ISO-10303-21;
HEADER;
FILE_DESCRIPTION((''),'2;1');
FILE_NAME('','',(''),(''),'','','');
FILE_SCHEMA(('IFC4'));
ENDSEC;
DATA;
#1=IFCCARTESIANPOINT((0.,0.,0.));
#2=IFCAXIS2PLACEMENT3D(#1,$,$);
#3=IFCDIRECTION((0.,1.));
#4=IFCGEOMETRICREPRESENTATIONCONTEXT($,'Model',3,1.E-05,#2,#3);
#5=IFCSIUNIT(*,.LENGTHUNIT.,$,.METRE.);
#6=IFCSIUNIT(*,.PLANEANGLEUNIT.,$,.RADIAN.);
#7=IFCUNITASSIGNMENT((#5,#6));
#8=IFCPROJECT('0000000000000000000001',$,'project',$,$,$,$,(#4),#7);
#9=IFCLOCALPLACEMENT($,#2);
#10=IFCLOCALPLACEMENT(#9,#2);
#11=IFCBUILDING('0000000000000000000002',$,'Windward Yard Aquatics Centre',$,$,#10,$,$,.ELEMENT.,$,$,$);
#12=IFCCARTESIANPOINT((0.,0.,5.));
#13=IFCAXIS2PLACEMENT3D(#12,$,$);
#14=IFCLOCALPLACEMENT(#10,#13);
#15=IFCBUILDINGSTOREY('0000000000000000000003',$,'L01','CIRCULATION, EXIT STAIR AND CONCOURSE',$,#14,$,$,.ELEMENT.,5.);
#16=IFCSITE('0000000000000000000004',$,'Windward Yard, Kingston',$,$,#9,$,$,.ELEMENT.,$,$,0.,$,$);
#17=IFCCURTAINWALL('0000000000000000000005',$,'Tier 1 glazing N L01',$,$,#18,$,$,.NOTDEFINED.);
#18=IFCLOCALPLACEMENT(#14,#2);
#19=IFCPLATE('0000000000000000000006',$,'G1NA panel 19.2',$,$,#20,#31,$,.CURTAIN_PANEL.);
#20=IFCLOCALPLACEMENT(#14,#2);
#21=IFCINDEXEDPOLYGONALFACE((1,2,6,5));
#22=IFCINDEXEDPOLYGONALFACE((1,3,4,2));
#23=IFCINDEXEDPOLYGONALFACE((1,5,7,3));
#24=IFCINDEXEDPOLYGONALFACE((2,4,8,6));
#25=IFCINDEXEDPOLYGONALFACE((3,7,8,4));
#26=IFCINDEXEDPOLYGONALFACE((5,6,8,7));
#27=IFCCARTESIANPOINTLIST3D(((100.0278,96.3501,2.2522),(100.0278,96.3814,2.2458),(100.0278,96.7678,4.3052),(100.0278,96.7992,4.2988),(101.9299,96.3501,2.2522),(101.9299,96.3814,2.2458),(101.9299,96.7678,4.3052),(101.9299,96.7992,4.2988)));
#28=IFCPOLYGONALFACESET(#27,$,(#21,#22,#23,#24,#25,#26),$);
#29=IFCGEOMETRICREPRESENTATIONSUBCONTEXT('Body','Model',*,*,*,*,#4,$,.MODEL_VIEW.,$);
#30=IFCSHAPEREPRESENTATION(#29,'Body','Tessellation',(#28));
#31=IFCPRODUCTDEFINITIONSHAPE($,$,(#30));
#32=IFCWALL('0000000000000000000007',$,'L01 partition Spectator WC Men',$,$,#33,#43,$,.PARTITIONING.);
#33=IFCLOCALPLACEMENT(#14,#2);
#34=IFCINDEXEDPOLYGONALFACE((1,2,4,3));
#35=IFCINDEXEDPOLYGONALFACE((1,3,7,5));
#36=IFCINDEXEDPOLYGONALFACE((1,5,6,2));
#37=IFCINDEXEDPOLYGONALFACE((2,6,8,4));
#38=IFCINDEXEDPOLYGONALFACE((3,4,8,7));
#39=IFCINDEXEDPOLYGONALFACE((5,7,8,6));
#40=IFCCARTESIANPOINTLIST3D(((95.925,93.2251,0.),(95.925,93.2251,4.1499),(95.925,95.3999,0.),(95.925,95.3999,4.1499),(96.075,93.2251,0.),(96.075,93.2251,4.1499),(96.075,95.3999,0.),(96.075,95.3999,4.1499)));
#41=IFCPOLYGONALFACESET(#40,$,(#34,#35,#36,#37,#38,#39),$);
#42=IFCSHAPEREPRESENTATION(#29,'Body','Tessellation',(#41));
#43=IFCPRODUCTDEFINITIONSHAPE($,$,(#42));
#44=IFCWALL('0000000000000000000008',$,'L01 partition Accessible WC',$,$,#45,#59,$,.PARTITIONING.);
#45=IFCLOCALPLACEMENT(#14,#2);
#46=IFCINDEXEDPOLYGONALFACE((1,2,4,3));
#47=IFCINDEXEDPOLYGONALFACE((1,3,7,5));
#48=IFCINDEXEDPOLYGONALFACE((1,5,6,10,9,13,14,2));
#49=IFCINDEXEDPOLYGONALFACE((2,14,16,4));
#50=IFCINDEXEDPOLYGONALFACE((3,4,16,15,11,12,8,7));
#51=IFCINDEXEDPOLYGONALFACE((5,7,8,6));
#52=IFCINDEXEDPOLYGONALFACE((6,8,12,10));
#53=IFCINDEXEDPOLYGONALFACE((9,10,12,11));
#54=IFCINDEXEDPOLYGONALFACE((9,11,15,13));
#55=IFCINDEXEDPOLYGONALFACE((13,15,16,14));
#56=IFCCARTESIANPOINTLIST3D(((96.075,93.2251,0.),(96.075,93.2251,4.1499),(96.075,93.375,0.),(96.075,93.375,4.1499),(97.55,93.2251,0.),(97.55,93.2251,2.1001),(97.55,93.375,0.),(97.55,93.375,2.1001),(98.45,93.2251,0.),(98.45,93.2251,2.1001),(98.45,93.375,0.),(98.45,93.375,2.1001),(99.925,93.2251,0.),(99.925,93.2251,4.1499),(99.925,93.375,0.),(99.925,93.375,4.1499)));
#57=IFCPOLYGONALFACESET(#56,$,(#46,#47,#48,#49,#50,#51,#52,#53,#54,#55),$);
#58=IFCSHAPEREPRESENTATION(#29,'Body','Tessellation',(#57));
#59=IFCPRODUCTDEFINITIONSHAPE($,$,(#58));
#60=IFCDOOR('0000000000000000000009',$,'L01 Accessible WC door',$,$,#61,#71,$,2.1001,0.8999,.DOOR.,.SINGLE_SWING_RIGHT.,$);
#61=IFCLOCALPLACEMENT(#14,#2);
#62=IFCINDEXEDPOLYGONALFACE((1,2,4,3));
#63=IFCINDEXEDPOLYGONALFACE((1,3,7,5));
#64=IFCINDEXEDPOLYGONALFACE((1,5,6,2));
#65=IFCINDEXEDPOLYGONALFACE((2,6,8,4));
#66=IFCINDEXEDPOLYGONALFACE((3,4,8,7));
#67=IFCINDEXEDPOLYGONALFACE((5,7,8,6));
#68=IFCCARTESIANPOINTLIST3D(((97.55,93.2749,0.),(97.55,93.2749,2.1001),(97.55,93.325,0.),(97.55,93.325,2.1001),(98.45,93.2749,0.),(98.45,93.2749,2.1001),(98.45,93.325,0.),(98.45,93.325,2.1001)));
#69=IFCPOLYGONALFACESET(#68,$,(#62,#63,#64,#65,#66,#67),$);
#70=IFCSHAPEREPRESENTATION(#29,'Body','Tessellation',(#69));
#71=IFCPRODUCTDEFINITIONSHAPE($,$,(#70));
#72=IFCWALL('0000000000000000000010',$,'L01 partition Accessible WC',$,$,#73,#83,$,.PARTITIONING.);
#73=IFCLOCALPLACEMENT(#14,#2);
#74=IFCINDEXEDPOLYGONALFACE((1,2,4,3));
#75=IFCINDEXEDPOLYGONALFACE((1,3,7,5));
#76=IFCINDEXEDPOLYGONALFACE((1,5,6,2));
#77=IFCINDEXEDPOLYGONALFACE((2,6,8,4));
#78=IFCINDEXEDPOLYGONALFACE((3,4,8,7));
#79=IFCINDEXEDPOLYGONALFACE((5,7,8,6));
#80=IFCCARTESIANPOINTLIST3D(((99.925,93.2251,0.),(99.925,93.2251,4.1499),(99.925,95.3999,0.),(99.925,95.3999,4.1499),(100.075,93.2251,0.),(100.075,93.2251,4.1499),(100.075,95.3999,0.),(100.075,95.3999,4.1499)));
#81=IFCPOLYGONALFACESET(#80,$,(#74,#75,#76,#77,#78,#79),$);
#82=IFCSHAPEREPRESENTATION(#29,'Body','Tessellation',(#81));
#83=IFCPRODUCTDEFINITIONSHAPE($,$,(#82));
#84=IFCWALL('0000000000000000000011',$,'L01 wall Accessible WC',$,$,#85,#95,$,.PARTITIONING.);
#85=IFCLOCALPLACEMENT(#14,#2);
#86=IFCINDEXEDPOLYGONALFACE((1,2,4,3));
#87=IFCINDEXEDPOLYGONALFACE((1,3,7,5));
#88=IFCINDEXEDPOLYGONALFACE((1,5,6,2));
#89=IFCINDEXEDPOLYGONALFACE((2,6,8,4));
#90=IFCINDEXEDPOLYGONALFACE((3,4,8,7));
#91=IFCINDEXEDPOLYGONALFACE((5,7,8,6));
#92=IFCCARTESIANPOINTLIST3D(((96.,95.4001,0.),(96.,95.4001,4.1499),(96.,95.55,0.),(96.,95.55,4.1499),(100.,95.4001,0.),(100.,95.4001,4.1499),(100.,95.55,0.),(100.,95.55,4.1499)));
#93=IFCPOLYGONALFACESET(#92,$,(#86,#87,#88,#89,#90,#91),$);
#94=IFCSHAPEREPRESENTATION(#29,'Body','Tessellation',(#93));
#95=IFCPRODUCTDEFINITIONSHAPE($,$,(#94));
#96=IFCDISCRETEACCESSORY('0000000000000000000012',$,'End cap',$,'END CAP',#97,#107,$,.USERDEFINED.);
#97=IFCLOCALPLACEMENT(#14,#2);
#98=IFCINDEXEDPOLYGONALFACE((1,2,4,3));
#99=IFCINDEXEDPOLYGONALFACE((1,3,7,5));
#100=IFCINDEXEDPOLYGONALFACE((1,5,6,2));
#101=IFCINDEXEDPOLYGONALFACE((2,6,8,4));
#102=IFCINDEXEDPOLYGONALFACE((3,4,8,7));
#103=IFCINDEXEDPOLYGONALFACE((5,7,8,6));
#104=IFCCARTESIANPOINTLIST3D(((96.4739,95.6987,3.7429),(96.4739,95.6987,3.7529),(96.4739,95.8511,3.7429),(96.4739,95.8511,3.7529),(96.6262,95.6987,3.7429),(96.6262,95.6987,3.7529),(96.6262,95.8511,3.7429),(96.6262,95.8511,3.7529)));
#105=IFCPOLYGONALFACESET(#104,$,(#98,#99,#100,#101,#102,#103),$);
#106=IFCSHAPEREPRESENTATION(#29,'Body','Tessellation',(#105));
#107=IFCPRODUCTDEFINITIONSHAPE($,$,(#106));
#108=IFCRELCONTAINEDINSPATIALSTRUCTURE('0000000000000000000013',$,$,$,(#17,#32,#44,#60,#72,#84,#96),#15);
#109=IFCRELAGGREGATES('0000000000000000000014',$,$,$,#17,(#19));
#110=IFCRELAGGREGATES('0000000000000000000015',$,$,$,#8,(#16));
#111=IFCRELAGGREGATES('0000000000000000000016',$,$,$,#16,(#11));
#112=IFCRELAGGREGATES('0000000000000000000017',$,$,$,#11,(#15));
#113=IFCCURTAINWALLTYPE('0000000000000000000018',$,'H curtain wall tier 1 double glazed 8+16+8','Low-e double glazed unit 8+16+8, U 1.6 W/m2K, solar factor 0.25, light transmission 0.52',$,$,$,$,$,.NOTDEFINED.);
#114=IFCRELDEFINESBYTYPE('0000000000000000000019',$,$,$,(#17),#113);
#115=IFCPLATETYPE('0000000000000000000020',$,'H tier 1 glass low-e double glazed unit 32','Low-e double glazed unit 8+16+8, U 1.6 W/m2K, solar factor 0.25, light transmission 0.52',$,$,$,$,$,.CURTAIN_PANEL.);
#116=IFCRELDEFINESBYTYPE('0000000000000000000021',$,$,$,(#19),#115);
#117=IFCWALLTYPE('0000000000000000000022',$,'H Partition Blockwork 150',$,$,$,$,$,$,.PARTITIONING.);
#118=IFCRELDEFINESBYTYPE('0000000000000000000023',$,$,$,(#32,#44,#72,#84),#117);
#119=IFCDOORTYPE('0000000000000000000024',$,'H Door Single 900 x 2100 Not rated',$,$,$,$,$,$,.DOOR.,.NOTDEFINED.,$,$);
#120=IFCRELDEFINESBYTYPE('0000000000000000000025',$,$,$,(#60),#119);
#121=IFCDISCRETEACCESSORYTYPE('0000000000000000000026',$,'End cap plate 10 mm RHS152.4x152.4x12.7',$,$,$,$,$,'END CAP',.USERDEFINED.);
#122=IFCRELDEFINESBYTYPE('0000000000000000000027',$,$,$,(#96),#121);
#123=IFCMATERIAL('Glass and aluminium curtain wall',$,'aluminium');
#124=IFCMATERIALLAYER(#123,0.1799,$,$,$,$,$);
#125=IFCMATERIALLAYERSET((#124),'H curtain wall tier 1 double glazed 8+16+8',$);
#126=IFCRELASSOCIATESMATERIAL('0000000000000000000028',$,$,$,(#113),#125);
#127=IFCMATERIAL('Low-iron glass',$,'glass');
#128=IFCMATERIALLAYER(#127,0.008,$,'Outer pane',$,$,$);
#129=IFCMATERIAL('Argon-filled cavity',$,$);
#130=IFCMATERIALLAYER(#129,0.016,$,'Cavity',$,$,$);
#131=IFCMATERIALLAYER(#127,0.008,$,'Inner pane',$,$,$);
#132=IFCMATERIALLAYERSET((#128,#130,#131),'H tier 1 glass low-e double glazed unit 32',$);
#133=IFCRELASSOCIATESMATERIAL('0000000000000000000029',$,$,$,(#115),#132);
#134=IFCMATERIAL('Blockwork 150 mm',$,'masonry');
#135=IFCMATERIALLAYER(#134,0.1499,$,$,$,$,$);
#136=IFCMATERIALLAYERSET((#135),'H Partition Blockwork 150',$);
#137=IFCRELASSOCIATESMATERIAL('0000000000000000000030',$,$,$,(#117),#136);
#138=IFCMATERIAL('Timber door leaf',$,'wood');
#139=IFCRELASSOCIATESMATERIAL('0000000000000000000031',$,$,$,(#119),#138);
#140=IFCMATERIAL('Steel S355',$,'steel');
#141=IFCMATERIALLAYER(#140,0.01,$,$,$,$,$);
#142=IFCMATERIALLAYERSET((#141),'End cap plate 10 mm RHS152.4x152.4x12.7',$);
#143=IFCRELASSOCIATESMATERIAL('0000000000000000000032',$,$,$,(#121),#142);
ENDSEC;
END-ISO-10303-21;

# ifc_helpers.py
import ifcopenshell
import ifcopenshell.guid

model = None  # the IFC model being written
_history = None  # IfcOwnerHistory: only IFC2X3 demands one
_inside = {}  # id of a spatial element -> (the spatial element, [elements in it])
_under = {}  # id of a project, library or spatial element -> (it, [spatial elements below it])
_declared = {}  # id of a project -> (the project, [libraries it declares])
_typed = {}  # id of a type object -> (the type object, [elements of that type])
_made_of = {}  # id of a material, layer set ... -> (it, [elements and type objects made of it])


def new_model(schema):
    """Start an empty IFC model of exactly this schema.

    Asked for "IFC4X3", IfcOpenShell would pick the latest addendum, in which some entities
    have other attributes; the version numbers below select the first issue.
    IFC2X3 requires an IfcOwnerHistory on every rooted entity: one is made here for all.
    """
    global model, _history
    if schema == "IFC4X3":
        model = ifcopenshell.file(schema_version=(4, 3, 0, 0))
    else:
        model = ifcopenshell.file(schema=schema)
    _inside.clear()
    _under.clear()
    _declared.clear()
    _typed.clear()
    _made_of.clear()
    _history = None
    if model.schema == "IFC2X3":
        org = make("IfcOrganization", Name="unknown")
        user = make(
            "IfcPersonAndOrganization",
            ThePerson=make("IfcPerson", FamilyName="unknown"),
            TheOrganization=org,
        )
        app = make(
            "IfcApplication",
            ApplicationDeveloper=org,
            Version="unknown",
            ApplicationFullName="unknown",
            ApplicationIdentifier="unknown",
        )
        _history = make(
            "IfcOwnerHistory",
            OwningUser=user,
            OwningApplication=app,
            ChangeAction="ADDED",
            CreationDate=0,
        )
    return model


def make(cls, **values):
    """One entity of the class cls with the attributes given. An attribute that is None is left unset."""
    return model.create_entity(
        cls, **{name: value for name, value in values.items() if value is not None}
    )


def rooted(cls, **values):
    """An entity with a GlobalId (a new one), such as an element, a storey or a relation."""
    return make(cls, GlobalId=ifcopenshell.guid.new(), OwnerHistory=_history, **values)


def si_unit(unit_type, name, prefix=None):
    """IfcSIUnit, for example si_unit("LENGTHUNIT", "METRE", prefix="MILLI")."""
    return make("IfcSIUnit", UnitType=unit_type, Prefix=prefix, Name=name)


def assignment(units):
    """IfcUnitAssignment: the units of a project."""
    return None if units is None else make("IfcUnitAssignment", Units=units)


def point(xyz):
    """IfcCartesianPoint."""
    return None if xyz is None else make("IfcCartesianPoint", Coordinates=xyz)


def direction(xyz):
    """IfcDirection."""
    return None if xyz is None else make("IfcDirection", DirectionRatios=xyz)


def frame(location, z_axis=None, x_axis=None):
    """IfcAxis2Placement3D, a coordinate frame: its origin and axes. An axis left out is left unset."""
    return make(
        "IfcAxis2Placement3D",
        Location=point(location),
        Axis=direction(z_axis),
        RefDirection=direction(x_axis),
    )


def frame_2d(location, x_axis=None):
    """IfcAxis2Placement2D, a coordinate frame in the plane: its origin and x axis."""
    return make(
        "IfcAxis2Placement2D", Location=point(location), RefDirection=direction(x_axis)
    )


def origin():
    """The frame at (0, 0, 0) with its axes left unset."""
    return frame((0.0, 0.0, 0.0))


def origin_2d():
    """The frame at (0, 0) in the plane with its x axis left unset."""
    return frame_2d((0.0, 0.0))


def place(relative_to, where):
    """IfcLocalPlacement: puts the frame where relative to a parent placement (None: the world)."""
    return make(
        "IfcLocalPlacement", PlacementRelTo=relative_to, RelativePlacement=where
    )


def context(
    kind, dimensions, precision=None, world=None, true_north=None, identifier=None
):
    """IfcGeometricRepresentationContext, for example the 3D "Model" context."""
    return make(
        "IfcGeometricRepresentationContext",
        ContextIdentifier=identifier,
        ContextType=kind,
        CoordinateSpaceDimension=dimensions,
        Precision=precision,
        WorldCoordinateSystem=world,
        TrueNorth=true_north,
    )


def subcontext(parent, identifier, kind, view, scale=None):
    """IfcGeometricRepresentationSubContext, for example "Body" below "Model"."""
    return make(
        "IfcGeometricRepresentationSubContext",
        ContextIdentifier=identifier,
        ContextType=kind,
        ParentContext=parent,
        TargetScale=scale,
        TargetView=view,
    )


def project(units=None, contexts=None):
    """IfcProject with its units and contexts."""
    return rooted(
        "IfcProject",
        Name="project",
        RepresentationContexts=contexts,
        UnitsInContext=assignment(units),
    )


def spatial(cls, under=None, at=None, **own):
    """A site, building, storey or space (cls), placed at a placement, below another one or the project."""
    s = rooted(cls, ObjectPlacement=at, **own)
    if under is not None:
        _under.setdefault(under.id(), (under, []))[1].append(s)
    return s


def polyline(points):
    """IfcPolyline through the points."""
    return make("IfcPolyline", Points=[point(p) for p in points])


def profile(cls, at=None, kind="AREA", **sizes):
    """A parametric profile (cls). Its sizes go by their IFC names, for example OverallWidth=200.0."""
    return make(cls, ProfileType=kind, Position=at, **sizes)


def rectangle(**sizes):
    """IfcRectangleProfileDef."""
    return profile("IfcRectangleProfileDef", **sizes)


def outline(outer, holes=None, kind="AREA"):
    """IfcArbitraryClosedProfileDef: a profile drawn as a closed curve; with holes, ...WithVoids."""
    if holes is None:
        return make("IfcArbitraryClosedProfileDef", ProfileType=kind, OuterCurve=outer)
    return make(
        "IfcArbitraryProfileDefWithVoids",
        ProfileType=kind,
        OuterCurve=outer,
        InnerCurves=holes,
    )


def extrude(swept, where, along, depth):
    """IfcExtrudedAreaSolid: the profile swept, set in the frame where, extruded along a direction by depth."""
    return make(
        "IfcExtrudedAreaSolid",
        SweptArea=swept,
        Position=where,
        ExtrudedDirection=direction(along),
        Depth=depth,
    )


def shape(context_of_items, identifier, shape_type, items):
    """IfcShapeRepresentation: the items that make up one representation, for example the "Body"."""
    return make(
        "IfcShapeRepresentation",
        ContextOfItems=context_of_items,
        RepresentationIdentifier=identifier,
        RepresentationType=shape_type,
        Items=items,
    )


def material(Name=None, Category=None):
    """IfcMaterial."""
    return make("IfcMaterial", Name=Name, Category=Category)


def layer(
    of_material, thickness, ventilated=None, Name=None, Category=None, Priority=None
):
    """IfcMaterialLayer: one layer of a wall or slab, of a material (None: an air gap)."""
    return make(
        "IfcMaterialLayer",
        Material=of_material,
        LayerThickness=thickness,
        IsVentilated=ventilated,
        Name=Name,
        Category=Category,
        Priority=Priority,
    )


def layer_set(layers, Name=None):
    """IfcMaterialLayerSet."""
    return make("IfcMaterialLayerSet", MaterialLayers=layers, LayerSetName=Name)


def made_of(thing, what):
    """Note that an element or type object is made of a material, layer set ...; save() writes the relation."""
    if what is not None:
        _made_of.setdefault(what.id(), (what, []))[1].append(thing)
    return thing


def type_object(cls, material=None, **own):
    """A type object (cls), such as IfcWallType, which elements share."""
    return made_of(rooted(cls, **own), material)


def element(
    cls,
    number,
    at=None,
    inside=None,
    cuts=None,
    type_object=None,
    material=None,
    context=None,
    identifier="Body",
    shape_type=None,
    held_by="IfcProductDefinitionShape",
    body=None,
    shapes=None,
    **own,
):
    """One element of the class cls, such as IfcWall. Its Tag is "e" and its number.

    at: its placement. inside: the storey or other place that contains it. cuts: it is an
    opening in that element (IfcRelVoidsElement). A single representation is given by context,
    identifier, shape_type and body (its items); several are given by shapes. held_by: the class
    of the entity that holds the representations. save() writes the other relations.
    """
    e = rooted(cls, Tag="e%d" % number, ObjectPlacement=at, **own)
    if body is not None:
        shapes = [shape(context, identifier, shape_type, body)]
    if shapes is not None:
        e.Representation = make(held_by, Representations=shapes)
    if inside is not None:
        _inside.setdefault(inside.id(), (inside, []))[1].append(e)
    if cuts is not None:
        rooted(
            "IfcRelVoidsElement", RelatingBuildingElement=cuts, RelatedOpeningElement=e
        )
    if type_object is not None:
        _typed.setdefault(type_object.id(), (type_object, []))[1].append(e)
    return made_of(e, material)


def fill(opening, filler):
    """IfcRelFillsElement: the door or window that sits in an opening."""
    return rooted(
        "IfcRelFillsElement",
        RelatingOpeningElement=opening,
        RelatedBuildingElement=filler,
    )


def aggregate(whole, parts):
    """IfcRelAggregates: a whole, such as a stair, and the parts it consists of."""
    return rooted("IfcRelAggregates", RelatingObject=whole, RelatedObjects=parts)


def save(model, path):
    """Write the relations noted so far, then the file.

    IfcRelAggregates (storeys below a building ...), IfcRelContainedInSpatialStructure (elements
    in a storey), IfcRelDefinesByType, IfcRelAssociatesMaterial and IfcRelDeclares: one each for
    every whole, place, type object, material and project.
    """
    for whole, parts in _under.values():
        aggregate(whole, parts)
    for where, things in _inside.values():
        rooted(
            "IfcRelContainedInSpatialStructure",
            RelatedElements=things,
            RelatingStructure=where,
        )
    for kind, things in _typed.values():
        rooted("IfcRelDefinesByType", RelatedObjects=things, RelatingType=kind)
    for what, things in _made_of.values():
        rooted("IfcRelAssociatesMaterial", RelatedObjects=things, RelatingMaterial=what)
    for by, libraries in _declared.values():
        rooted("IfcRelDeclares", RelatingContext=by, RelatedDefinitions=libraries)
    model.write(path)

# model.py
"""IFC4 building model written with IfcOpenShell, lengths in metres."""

from ifc_helpers import new_model, si_unit, direction, frame, frame_2d, origin, origin_2d, place, context, subcontext, project, spatial, polyline, rectangle, outline, extrude, material, layer, layer_set, type_object, element, fill, aggregate, save


model = new_model("IFC4")

# Units and contexts
model_context = context("Model", 3, precision=1e-05, world=origin(), true_north=direction((0.0, 1.0)))
body_context = subcontext(model_context, "Body", "Model", "MODEL_VIEW")
ifc_project = project(units=[si_unit("LENGTHUNIT", "METRE"), si_unit("PLANEANGLEUNIT", "RADIAN")], contexts=[model_context])

# Site, building, storey
site_placement = place(None, origin())
site = spatial("IfcSite", under=ifc_project, at=site_placement, Name="Windward Yard, Kingston", CompositionType="ELEMENT", RefElevation=0.0)
building_placement = place(site_placement, origin())
building = spatial("IfcBuilding", under=site, at=building_placement, Name="Windward Yard Aquatics Centre", CompositionType="ELEMENT")
storey_placement = place(building_placement, frame((0.0, 0.0, 5.0)))
storey = spatial("IfcBuildingStorey", under=building, at=storey_placement, Name="L01", Description="CIRCULATION, EXIT STAIR AND CONCOURSE", CompositionType="ELEMENT", Elevation=5.0)

# Curtain wall, plate
ifc_material_1 = material(Name="Glass and aluminium curtain wall", Category="aluminium")
ifc_layer_1 = layer(ifc_material_1, 0.1799)
ifc_layer_set_1 = layer_set([ifc_layer_1], Name="H curtain wall tier 1 double glazed 8+16+8")
curtain_wall_type = type_object("IfcCurtainWallType", Name="H curtain wall tier 1 double glazed 8+16+8", Description="Low-e double glazed unit 8+16+8, U 1.6 W/m2K, solar factor 0.25, light transmission 0.52", PredefinedType="NOTDEFINED", material=ifc_layer_set_1)
curtain_wall_placement = place(storey_placement, origin())
curtain_wall = element("IfcCurtainWall", 1, at=curtain_wall_placement, inside=storey, type_object=curtain_wall_type, Name="Tier 1 glazing N L01", PredefinedType="NOTDEFINED")
ifc_material_2 = material(Name="Low-iron glass", Category="glass")
ifc_layer_2 = layer(ifc_material_2, 0.008, Name="Outer pane")
ifc_material_3 = material(Name="Argon-filled cavity")
ifc_layer_3 = layer(ifc_material_3, 0.016, Name="Cavity")
ifc_layer_4 = layer(ifc_material_2, 0.008, Name="Inner pane")
ifc_layer_set_2 = layer_set([ifc_layer_2, ifc_layer_3, ifc_layer_4], Name="H tier 1 glass low-e double glazed unit 32")
plate_type = type_object("IfcPlateType", Name="H tier 1 glass low-e double glazed unit 32", Description="Low-e double glazed unit 8+16+8, U 1.6 W/m2K, solar factor 0.25, light transmission 0.52", PredefinedType="CURTAIN_PANEL", material=ifc_layer_set_2)
plate_1_placement = place(storey_placement, frame((100.0278, 96.3501, 2.2522), z_axis=(0.0, -0.979921, 0.199387), x_axis=(1.0, 0.0, 0.0)))
plate_1 = element("IfcPlate", 2, at=plate_1_placement, type_object=plate_type, Name="G1NA panel 19.2", PredefinedType="CURTAIN_PANEL", context=body_context, shape_type="SweptSolid", body=[
    extrude(outline(polyline([(0.0, 0.0), (1.9021, 0.0), (1.9021, 2.095), (0.0, 2.095), (0.0, 0.0)])), origin(), (0.0, 0.0, -1.0), 0.032),
])
aggregate(curtain_wall, [plate_1])

# Wall
ifc_material_4 = material(Name="Blockwork 150 mm", Category="masonry")
ifc_layer_5 = layer(ifc_material_4, 0.1499)
ifc_layer_set_3 = layer_set([ifc_layer_5], Name="H Partition Blockwork 150")
wall_type = type_object("IfcWallType", Name="H Partition Blockwork 150", PredefinedType="PARTITIONING", material=ifc_layer_set_3)
wall_1_placement = place(storey_placement, frame((96.0, 95.3999, 0.0), z_axis=(0.0, 0.0, 1.0), x_axis=(0.0, -1.0, 0.0)))
element("IfcWall", 3, at=wall_1_placement, inside=storey, type_object=wall_type, Name="L01 partition Spectator WC Men", PredefinedType="PARTITIONING", context=body_context, shape_type="SweptSolid", body=[
    extrude(rectangle(XDim=2.1748, YDim=0.1499, at=frame_2d((1.0874, 0.0))), origin(), (0.0, 0.0, 1.0), 4.1499),
])

# Wall, opening, door
wall_2_placement = place(storey_placement, frame((96.075, 93.3, 0.0), z_axis=(0.0, 0.0, 1.0), x_axis=(1.0, 0.0, 0.0)))
wall_2 = element("IfcWall", 4, at=wall_2_placement, inside=storey, type_object=wall_type, Name="L01 partition Accessible WC", PredefinedType="PARTITIONING", context=body_context, shape_type="SweptSolid", body=[
    extrude(rectangle(XDim=3.8501, YDim=0.1499, at=frame_2d((1.925, 0.0))), origin(), (0.0, 0.0, 1.0), 4.1499),
])
opening_placement = place(wall_2_placement, frame((1.4751, 0.0, 0.0)))
opening = element("IfcOpeningElement", 5, at=opening_placement, cuts=wall_2, PredefinedType="OPENING", context=body_context, shape_type="SweptSolid", body=[
    extrude(rectangle(XDim=0.8999, YDim=2.1001, at=frame_2d((0.45, 1.05))), frame((0.0, 0.085, 0.0), z_axis=(0.0, -1.0, 0.0), x_axis=(1.0, 0.0, 0.0)), (0.0, 0.0, 1.0), 0.1699),
])
ifc_material_5 = material(Name="Timber door leaf", Category="wood")
door_type = type_object("IfcDoorType", Name="H Door Single 900 x 2100 Not rated", OperationType="NOTDEFINED", PredefinedType="DOOR", material=ifc_material_5)
door_placement = place(opening_placement, origin())
door = element("IfcDoor", 6, at=door_placement, inside=storey, type_object=door_type, Name="L01 Accessible WC door", OperationType="SINGLE_SWING_RIGHT", OverallHeight=2.1001, OverallWidth=0.8999, PredefinedType="DOOR", context=body_context, shape_type="SweptSolid", body=[
    extrude(rectangle(XDim=0.8999, YDim=2.1001, at=frame_2d((0.45, 1.05))), frame((0.0, 0.0249, 0.0), z_axis=(0.0, -1.0, 0.0), x_axis=(1.0, 0.0, 0.0)), (0.0, 0.0, 1.0), 0.05),
])
fill(opening, door)

# Walls
wall_3_placement = place(storey_placement, frame((100.0, 95.3999, 0.0), z_axis=(0.0, 0.0, 1.0), x_axis=(0.0, -1.0, 0.0)))
element("IfcWall", 7, at=wall_3_placement, inside=storey, type_object=wall_type, Name="L01 partition Accessible WC", PredefinedType="PARTITIONING", context=body_context, shape_type="SweptSolid", body=[
    extrude(rectangle(XDim=2.1748, YDim=0.1499, at=frame_2d((1.0874, 0.0))), origin(), (0.0, 0.0, 1.0), 4.1499),
])
wall_4_placement = place(storey_placement, frame((96.0, 95.4751, 0.0), z_axis=(0.0, 0.0, 1.0), x_axis=(1.0, 0.0, 0.0)))
element("IfcWall", 8, at=wall_4_placement, inside=storey, type_object=wall_type, Name="L01 wall Accessible WC", PredefinedType="PARTITIONING", context=body_context, shape_type="SweptSolid", body=[
    extrude(rectangle(XDim=4.0, YDim=0.1499, at=frame_2d((2.0, 0.0))), origin(), (0.0, 0.0, 1.0), 4.1499),
])

# Discrete accessory
ifc_material_6 = material(Name="Steel S355", Category="steel")
ifc_layer_6 = layer(ifc_material_6, 0.01)
ifc_layer_set_4 = layer_set([ifc_layer_6], Name="End cap plate 10 mm RHS152.4x152.4x12.7")
discrete_accessory_type = type_object("IfcDiscreteAccessoryType", Name="End cap plate 10 mm RHS152.4x152.4x12.7", ElementType="END CAP", PredefinedType="USERDEFINED", material=ifc_layer_set_4)
discrete_accessory_placement = place(storey_placement, frame((96.55, 95.7749, 3.7429), z_axis=(0.0, 0.0, 1.0), x_axis=(1.0, 0.0, 0.0)))
element("IfcDiscreteAccessory", 9, at=discrete_accessory_placement, inside=storey, type_object=discrete_accessory_type, Name="End cap", ObjectType="END CAP", PredefinedType="USERDEFINED", context=body_context, shape_type="SweptSolid", body=[
    extrude(rectangle(XDim=0.1523, YDim=0.1523, at=origin_2d()), origin(), (0.0, 0.0, 1.0), 0.01),
])

save(model, "model.ifc")
